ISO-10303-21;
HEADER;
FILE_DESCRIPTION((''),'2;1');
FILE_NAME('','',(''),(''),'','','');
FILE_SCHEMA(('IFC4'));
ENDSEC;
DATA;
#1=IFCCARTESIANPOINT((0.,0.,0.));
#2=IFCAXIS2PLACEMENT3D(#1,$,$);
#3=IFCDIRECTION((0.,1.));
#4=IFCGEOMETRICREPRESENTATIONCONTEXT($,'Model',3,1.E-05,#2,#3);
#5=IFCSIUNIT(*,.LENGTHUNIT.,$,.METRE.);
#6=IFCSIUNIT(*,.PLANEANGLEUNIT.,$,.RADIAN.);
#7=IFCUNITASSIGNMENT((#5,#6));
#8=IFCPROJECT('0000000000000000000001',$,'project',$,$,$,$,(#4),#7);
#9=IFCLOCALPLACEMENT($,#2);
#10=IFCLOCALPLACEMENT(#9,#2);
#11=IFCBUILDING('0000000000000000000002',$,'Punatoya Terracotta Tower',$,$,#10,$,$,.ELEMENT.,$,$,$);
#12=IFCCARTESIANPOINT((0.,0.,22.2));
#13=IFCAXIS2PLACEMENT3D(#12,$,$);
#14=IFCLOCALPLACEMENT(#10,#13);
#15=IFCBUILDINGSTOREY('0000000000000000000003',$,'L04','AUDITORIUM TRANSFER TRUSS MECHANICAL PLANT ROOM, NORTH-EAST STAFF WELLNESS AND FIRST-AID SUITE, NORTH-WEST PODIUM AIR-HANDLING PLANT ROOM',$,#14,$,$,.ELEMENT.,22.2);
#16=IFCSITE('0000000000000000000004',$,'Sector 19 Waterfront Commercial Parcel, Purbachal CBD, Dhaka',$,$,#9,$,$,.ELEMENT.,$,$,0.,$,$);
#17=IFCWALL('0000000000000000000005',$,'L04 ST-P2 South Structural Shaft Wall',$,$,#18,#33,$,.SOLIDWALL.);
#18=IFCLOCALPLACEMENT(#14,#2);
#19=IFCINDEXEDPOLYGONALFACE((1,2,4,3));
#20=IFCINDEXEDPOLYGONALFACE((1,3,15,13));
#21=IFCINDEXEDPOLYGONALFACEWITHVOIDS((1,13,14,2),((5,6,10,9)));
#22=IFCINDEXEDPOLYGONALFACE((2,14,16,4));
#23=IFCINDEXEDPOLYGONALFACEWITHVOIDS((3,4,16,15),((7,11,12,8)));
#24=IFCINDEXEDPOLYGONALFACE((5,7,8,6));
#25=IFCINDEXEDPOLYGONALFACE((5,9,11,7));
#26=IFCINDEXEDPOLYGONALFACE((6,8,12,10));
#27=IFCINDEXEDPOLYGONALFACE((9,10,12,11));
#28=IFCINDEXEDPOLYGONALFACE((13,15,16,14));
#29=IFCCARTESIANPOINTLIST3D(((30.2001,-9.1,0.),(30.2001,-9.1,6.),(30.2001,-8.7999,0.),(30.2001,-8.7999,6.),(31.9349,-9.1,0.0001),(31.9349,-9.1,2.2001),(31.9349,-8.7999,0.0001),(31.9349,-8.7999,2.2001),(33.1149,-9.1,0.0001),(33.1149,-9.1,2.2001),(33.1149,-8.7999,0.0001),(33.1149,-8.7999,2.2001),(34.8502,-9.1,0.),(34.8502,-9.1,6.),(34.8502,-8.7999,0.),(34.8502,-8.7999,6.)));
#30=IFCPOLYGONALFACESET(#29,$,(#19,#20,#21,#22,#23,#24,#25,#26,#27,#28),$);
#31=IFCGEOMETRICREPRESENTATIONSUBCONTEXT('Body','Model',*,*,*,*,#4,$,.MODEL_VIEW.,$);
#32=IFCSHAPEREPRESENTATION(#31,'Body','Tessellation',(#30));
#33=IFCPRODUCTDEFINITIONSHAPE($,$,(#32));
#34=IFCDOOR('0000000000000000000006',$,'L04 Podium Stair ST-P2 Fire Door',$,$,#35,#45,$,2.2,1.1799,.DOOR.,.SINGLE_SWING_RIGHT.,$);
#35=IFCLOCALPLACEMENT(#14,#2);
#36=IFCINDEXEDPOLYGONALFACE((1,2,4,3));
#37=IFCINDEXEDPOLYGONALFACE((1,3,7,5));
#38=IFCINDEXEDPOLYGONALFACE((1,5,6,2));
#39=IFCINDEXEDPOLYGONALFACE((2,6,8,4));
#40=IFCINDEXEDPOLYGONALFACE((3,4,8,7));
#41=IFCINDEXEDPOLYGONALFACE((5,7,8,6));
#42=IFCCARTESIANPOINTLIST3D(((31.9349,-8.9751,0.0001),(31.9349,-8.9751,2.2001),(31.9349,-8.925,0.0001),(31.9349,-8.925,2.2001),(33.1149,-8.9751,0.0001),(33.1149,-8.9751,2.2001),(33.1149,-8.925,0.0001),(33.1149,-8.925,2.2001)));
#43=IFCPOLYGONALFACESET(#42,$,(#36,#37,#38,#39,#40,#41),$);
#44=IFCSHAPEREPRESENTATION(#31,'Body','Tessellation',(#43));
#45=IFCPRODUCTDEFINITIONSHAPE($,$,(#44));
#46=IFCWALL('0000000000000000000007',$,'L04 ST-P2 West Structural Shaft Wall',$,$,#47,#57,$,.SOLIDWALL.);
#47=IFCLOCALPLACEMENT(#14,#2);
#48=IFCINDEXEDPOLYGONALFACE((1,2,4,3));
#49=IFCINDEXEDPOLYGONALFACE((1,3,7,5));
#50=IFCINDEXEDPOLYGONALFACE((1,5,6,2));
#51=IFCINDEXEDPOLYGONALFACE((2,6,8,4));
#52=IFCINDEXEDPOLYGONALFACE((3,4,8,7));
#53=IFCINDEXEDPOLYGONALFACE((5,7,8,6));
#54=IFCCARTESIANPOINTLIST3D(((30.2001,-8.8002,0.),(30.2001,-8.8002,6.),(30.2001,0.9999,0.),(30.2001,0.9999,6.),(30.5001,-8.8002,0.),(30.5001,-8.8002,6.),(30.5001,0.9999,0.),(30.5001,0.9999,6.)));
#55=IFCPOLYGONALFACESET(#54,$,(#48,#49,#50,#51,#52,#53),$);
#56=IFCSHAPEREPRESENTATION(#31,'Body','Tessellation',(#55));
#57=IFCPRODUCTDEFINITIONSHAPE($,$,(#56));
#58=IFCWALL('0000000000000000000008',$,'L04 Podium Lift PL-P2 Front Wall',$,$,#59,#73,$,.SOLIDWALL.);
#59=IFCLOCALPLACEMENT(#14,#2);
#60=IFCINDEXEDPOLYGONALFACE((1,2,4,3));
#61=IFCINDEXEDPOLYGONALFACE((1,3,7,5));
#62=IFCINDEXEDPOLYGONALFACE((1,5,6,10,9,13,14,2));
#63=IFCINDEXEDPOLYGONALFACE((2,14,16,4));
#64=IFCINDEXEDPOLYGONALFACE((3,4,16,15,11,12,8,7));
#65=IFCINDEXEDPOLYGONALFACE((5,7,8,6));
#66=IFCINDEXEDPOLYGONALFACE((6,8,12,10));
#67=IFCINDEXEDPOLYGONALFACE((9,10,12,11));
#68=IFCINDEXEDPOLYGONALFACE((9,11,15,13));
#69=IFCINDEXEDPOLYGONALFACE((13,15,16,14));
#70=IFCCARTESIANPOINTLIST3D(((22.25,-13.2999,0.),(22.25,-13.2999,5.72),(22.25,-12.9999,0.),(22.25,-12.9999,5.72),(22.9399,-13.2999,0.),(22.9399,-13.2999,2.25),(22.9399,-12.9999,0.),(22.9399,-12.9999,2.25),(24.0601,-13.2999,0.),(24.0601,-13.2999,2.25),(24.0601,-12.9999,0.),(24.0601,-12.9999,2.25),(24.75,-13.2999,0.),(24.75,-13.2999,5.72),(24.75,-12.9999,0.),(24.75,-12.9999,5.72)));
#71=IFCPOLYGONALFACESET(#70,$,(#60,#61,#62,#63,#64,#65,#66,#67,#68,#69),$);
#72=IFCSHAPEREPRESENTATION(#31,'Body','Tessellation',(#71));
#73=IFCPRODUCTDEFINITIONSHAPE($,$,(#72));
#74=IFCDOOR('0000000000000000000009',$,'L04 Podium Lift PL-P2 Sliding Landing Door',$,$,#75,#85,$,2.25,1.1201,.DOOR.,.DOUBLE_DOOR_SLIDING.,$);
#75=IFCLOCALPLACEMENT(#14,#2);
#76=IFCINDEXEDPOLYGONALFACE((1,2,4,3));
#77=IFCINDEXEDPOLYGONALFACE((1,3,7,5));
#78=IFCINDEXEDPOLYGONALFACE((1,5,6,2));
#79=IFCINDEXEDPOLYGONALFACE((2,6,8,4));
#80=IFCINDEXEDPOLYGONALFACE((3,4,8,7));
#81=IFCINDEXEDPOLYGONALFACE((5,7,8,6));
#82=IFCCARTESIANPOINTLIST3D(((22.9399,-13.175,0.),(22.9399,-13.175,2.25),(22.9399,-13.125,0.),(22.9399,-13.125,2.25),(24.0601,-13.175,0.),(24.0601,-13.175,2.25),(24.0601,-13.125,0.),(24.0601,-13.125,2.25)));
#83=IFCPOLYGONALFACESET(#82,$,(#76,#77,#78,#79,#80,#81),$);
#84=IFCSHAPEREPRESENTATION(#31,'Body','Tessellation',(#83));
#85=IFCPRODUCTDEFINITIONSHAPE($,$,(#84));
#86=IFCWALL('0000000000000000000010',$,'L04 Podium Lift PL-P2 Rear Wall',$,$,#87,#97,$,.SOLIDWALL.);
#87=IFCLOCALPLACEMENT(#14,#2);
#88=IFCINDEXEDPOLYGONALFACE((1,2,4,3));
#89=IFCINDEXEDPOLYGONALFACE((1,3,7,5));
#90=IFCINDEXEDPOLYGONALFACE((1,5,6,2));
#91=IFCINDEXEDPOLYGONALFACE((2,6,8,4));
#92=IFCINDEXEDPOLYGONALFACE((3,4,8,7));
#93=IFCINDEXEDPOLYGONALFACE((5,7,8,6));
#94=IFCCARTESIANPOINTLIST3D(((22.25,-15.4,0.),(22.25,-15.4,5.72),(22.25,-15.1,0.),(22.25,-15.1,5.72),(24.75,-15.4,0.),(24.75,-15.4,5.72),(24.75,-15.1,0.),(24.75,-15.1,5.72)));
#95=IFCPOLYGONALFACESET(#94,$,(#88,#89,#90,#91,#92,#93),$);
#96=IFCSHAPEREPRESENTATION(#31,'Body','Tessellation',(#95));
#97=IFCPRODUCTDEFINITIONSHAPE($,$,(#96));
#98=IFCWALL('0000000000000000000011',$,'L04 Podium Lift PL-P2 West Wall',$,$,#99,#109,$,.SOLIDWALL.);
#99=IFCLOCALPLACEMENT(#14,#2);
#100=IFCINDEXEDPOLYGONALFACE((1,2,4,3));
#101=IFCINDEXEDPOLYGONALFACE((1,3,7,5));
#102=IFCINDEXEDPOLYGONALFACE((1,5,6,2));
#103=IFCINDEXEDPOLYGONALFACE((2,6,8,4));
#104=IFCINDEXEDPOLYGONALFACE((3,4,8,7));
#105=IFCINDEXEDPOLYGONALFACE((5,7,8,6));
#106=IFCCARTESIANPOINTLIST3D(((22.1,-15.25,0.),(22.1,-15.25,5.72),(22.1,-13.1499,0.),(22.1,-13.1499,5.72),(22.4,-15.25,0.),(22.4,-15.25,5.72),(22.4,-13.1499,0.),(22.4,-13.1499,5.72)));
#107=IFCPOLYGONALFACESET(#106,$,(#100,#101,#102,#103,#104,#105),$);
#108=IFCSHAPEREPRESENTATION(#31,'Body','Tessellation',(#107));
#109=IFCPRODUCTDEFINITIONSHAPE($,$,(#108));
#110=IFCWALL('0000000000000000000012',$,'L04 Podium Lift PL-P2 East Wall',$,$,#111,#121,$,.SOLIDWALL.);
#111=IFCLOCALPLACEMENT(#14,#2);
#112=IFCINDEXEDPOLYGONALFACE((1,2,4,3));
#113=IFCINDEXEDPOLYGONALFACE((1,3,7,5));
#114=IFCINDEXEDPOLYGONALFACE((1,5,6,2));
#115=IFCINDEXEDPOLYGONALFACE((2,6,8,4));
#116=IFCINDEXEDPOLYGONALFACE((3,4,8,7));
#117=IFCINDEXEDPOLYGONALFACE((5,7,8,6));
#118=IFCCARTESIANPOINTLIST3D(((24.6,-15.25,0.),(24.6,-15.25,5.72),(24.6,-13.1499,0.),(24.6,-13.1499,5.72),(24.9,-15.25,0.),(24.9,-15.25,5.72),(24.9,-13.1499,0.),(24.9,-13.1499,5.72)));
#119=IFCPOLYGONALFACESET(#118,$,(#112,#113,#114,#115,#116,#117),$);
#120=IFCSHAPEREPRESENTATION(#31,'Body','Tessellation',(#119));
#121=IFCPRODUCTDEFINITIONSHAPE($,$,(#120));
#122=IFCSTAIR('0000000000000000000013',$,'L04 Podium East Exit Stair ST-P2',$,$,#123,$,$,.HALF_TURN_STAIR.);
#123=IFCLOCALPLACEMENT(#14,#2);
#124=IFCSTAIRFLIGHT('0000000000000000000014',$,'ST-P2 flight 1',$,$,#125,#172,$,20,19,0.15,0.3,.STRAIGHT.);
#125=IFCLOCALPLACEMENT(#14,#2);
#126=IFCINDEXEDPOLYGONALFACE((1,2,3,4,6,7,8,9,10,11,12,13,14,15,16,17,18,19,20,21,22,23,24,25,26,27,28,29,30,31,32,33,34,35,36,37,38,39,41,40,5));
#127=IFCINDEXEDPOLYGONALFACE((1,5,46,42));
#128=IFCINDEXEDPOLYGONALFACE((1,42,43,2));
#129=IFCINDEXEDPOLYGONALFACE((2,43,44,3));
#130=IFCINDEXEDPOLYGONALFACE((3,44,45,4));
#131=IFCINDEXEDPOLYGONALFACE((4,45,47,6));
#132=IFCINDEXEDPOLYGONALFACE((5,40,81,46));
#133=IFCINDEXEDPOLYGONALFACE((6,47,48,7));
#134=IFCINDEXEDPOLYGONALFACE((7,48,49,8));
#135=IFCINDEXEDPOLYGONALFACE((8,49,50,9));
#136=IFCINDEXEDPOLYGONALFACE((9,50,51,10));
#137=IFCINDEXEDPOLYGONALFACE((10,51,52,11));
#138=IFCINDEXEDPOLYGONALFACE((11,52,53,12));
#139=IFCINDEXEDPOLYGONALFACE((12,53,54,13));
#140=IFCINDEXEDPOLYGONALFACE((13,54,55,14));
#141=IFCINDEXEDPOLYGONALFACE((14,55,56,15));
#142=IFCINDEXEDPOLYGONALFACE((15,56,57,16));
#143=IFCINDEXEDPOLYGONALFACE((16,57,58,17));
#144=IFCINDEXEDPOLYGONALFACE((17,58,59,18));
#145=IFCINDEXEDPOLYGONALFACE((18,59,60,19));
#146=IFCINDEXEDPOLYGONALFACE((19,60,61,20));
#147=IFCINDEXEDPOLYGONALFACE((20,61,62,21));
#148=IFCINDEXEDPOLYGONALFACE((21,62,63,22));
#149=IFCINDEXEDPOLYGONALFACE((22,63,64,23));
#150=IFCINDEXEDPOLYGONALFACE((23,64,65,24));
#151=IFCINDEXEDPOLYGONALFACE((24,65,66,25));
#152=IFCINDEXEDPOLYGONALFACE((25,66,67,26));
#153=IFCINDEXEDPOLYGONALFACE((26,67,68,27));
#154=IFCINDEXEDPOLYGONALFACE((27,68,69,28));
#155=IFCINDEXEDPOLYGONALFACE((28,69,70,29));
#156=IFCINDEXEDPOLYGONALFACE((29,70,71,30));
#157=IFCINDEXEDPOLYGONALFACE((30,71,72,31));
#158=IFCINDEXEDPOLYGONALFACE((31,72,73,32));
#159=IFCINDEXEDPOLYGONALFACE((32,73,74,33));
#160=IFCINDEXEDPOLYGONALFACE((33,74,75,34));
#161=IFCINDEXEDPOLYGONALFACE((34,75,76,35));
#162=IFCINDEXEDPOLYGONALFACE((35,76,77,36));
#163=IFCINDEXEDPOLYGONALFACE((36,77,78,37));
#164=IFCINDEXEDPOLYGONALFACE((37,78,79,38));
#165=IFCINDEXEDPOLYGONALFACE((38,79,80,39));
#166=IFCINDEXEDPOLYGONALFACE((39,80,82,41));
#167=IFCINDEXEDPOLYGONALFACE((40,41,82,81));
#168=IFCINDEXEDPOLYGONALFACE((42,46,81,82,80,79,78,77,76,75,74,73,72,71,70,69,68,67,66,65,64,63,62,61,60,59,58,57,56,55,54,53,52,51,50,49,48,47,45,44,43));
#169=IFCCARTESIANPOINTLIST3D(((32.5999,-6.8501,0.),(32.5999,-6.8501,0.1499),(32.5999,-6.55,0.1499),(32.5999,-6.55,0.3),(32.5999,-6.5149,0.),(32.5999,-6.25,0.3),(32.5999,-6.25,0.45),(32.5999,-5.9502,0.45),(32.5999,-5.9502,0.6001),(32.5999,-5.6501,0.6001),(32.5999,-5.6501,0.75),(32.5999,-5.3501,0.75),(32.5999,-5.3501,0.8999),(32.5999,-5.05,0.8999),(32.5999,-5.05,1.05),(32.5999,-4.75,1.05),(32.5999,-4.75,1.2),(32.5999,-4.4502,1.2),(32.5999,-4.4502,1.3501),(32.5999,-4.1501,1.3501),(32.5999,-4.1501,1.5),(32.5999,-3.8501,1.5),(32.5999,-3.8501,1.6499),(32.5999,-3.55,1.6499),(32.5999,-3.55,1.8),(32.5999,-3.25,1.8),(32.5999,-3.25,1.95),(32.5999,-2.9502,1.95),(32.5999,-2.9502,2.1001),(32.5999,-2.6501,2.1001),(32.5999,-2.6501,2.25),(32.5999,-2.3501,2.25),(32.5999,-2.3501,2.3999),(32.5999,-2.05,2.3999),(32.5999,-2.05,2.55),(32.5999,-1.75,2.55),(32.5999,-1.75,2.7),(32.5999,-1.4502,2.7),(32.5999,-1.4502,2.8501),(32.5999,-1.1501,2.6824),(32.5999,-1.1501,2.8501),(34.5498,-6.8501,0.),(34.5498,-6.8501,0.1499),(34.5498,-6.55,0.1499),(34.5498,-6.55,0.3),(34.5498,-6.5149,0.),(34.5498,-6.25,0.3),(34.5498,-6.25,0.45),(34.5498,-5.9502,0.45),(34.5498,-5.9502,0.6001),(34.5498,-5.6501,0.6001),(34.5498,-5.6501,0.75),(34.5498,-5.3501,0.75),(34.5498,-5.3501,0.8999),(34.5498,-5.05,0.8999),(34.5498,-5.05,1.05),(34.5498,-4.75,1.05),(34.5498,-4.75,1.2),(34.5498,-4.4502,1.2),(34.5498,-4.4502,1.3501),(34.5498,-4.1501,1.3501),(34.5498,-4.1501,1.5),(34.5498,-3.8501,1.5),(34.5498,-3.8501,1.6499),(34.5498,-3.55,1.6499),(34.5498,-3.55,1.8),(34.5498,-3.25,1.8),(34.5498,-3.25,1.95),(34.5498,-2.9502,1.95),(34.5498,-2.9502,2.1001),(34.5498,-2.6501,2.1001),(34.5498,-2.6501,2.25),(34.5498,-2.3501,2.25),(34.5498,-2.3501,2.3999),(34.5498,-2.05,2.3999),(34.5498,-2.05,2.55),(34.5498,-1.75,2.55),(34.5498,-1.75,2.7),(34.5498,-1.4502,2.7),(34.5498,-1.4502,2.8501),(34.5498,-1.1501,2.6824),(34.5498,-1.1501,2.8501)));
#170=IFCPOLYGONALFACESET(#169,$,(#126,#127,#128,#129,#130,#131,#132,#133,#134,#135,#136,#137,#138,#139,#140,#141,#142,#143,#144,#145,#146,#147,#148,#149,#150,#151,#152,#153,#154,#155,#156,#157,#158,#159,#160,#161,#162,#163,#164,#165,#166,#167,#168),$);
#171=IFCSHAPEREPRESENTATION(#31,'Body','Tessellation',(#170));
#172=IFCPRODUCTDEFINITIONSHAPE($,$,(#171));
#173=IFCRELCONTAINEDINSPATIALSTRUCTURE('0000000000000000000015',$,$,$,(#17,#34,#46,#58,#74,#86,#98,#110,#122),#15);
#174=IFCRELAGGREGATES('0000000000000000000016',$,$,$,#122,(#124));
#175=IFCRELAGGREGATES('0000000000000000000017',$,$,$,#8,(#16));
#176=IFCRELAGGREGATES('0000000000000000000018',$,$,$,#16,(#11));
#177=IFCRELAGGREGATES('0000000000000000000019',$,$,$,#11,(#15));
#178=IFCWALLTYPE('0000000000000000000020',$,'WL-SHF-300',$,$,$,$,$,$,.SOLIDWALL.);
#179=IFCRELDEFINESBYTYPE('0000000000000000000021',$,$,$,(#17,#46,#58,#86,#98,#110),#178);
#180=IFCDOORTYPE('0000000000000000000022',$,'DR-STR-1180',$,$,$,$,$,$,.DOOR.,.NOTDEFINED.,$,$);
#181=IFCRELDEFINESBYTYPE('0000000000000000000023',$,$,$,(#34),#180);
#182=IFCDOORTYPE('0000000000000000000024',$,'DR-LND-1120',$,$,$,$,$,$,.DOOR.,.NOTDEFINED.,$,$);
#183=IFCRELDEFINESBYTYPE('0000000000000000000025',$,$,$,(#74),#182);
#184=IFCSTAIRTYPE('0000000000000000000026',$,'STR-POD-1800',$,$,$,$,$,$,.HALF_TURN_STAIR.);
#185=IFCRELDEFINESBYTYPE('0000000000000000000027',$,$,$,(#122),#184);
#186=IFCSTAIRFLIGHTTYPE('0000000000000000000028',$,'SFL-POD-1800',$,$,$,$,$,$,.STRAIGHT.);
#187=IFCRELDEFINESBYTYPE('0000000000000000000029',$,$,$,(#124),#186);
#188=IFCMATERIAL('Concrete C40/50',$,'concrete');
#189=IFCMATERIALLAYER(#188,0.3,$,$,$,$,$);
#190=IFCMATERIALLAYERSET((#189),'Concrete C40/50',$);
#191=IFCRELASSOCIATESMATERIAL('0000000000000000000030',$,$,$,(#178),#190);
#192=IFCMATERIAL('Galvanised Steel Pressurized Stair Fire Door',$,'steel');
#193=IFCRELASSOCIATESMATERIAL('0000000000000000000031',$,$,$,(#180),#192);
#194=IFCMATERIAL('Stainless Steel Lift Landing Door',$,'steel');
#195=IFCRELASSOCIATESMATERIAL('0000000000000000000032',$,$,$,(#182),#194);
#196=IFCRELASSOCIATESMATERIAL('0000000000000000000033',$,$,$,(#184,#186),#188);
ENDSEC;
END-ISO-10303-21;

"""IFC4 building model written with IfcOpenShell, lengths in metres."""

from ifc_helpers import new_model, si_unit, direction, frame, frame_2d, origin, place, context, subcontext, project, spatial, polyline, rectangle, outline, extrude, material, layer, layer_set, type_object, element, fill, aggregate, save


model = new_model("IFC4")

# Units and contexts
model_context = context("Model", 3, precision=1e-05, world=origin(), true_north=direction((0.0, 1.0)))
body_context = subcontext(model_context, "Body", "Model", "MODEL_VIEW")
ifc_project = project(units=[si_unit("LENGTHUNIT", "METRE"), si_unit("PLANEANGLEUNIT", "RADIAN")], contexts=[model_context])

# Site, building, storey
site_placement = place(None, origin())
site = spatial("IfcSite", under=ifc_project, at=site_placement, Name="Sector 19 Waterfront Commercial Parcel, Purbachal CBD, Dhaka", CompositionType="ELEMENT", RefElevation=0.0)
building_placement = place(site_placement, origin())
building = spatial("IfcBuilding", under=site, at=building_placement, Name="Punatoya Terracotta Tower", CompositionType="ELEMENT")
storey_placement = place(building_placement, frame((0.0, 0.0, 22.2)))
storey = spatial("IfcBuildingStorey", under=building, at=storey_placement, Name="L04", Description="AUDITORIUM TRANSFER TRUSS MECHANICAL PLANT ROOM, NORTH-EAST STAFF WELLNESS AND FIRST-AID SUITE, NORTH-WEST PODIUM AIR-HANDLING PLANT ROOM", CompositionType="ELEMENT", Elevation=22.2)

# Wall, opening, door
ifc_material_1 = material(Name="Concrete C40/50", Category="concrete")
ifc_layer_1 = layer(ifc_material_1, 0.3)
ifc_layer_set_1 = layer_set([ifc_layer_1], Name="Concrete C40/50")
wall_type_1 = type_object("IfcWallType", Name="WL-SHF-300", PredefinedType="SOLIDWALL", material=ifc_layer_set_1)
wall_1_placement = place(storey_placement, frame((30.2, -8.95, 0.0), z_axis=(0.0, 0.0, 1.0), x_axis=(1.0, 0.0, 0.0)))
wall_1 = element("IfcWall", 1, at=wall_1_placement, inside=storey, type_object=wall_type_1, Name="L04 ST-P2 South Structural Shaft Wall", PredefinedType="SOLIDWALL", context=body_context, shape_type="SweptSolid", body=[
    extrude(rectangle(XDim=4.6501, YDim=0.3, at=frame_2d((2.3252, 0.0))), origin(), (0.0, 0.0, 1.0), 6.0),
])
opening_1_placement = place(wall_1_placement, frame((1.7351, 0.0, 0.0)))
opening_1 = element("IfcOpeningElement", 2, at=opening_1_placement, cuts=wall_1, PredefinedType="OPENING", context=body_context, shape_type="SweptSolid", body=[
    extrude(rectangle(XDim=1.1799, YDim=2.2, at=frame_2d((0.5898, 1.1001))), frame((0.0, 0.1599, 0.0), z_axis=(0.0, -1.0, 0.0), x_axis=(1.0, 0.0, 0.0)), (0.0, 0.0, 1.0), 0.3201),
])
ifc_material_2 = material(Name="Galvanised Steel Pressurized Stair Fire Door", Category="steel")
door_type_1 = type_object("IfcDoorType", Name="DR-STR-1180", OperationType="NOTDEFINED", PredefinedType="DOOR", material=ifc_material_2)
door_1_placement = place(opening_1_placement, origin())
door_1 = element("IfcDoor", 3, at=door_1_placement, inside=storey, type_object=door_type_1, Name="L04 Podium Stair ST-P2 Fire Door", OperationType="SINGLE_SWING_RIGHT", OverallHeight=2.2, OverallWidth=1.1799, PredefinedType="DOOR", context=body_context, shape_type="SweptSolid", body=[
    extrude(rectangle(XDim=1.1799, YDim=2.2, at=frame_2d((0.5898, 1.1001))), frame((0.0, 0.0249, 0.0), z_axis=(0.0, -1.0, 0.0), x_axis=(1.0, 0.0, 0.0)), (0.0, 0.0, 1.0), 0.05),
])
fill(opening_1, door_1)

# Wall
wall_2_placement = place(storey_placement, frame((30.3501, -8.8, 0.0), z_axis=(0.0, 0.0, 1.0), x_axis=(0.0, 1.0, 0.0)))
element("IfcWall", 4, at=wall_2_placement, inside=storey, type_object=wall_type_1, Name="L04 ST-P2 West Structural Shaft Wall", PredefinedType="SOLIDWALL", context=body_context, shape_type="SweptSolid", body=[
    extrude(rectangle(XDim=9.8, YDim=0.3, at=frame_2d((4.8999, 0.0))), origin(), (0.0, 0.0, 1.0), 6.0),
])

# Wall, opening, door
wall_3_placement = place(storey_placement, frame((22.25, -13.1499, 0.0), z_axis=(0.0, 0.0, 1.0), x_axis=(1.0, 0.0, 0.0)))
wall_3 = element("IfcWall", 5, at=wall_3_placement, inside=storey, type_object=wall_type_1, Name="L04 Podium Lift PL-P2 Front Wall", PredefinedType="SOLIDWALL", context=body_context, shape_type="SweptSolid", body=[
    extrude(rectangle(XDim=2.5, YDim=0.3, at=frame_2d((1.25, 0.0))), origin(), (0.0, 0.0, 1.0), 5.72),
])
opening_2_placement = place(wall_3_placement, frame((0.6899, 0.0, 0.0)))
opening_2 = element("IfcOpeningElement", 6, at=opening_2_placement, cuts=wall_3, PredefinedType="OPENING", context=body_context, shape_type="SweptSolid", body=[
    extrude(rectangle(XDim=1.1201, YDim=2.25, at=frame_2d((0.5601, 1.125))), frame((0.0, 0.1599, 0.0), z_axis=(0.0, -1.0, 0.0), x_axis=(1.0, 0.0, 0.0)), (0.0, 0.0, 1.0), 0.3201),
])
ifc_material_3 = material(Name="Stainless Steel Lift Landing Door", Category="steel")
door_type_2 = type_object("IfcDoorType", Name="DR-LND-1120", OperationType="NOTDEFINED", PredefinedType="DOOR", material=ifc_material_3)
door_2_placement = place(opening_2_placement, origin())
door_2 = element("IfcDoor", 7, at=door_2_placement, inside=storey, type_object=door_type_2, Name="L04 Podium Lift PL-P2 Sliding Landing Door", OperationType="DOUBLE_DOOR_SLIDING", OverallHeight=2.25, OverallWidth=1.1201, PredefinedType="DOOR", context=body_context, shape_type="SweptSolid", body=[
    extrude(rectangle(XDim=1.1201, YDim=2.25, at=frame_2d((0.5601, 1.125))), frame((0.0, 0.0249, 0.0), z_axis=(0.0, -1.0, 0.0), x_axis=(1.0, 0.0, 0.0)), (0.0, 0.0, 1.0), 0.05),
])
fill(opening_2, door_2)

# Walls
wall_4_placement = place(storey_placement, frame((22.25, -15.25, 0.0), z_axis=(0.0, 0.0, 1.0), x_axis=(1.0, 0.0, 0.0)))
element("IfcWall", 8, at=wall_4_placement, inside=storey, type_object=wall_type_1, Name="L04 Podium Lift PL-P2 Rear Wall", PredefinedType="SOLIDWALL", context=body_context, shape_type="SweptSolid", body=[
    extrude(rectangle(XDim=2.5, YDim=0.3, at=frame_2d((1.25, 0.0))), origin(), (0.0, 0.0, 1.0), 5.72),
])
for number, where, z_axis, x_axis, name in (
    (9, (22.25, -15.25, 0.0), (0.0, 0.0, 1.0), (0.0, 1.0, 0.0), "L04 Podium Lift PL-P2 West Wall"),
    (10, (24.75, -15.25, 0.0), (0.0, 0.0, 1.0), (0.0, 1.0, 0.0), "L04 Podium Lift PL-P2 East Wall"),
):
    element("IfcWall", number, at=place(storey_placement, frame(where, z_axis=z_axis, x_axis=x_axis)), inside=storey, type_object=wall_type_1, Name=name, PredefinedType="SOLIDWALL", context=body_context, shape_type="SweptSolid", body=[
        extrude(rectangle(XDim=2.1001, YDim=0.3, at=frame_2d((1.05, 0.0))), origin(), (0.0, 0.0, 1.0), 5.72),
    ])

# Stair, stair flight
stair_type = type_object("IfcStairType", Name="STR-POD-1800", PredefinedType="HALF_TURN_STAIR", material=ifc_material_1)
stair_placement = place(storey_placement, origin())
stair = element("IfcStair", 11, at=stair_placement, inside=storey, type_object=stair_type, Name="L04 Podium East Exit Stair ST-P2", PredefinedType="HALF_TURN_STAIR")
stair_flight_type = type_object("IfcStairFlightType", Name="SFL-POD-1800", PredefinedType="STRAIGHT", material=ifc_material_1)
stair_flight_placement = place(storey_placement, frame((33.575, -6.8501, 0.0), z_axis=(0.0, 0.0, 1.0), x_axis=(0.0, 1.0, 0.0)))
stair_flight = element("IfcStairFlight", 12, at=stair_flight_placement, type_object=stair_flight_type, Name="ST-P2 flight 1", NumberOfRisers=20, NumberOfTreads=19, PredefinedType="STRAIGHT", RiserHeight=0.15, TreadLength=0.3, context=body_context, shape_type="SweptSolid", body=[
    extrude(outline(polyline([(0.0, 0.0), (0.0, 0.1499), (0.3, 0.1499), (0.3, 0.3), (0.6001, 0.3), (0.6001, 0.45), (0.8999, 0.45), (0.8999, 0.6001), (1.2, 0.6001), (1.2, 0.75), (1.5, 0.75), (1.5, 0.8999), (1.8, 0.8999), (1.8, 1.05), (2.1001, 1.05), (2.1001, 1.2), (2.3999, 1.2), (2.3999, 1.3501), (2.7, 1.3501), (2.7, 1.5), (3.0, 1.5), (3.0, 1.6499), (3.3, 1.6499), (3.3, 1.8), (3.6001, 1.8), (3.6001, 1.95), (3.8999, 1.95), (3.8999, 2.1001), (4.2, 2.1001), (4.2, 2.25), (4.5, 2.25), (4.5, 2.3999), (4.8, 2.3999), (4.8, 2.55), (5.1001, 2.55), (5.1001, 2.7), (5.3999, 2.7), (5.3999, 2.8501), (5.7, 2.8501), (5.7, 3.0), (5.7, 2.6824), (0.3352, 0.0), (0.0, 0.0)])), frame((0.0, 0.9751, 0.0), z_axis=(0.0, -1.0, 0.0), x_axis=(1.0, 0.0, 0.0)), (0.0, 0.0, 1.0), 1.95),
])
aggregate(stair, [stair_flight])

save(model, "model.ifc")
